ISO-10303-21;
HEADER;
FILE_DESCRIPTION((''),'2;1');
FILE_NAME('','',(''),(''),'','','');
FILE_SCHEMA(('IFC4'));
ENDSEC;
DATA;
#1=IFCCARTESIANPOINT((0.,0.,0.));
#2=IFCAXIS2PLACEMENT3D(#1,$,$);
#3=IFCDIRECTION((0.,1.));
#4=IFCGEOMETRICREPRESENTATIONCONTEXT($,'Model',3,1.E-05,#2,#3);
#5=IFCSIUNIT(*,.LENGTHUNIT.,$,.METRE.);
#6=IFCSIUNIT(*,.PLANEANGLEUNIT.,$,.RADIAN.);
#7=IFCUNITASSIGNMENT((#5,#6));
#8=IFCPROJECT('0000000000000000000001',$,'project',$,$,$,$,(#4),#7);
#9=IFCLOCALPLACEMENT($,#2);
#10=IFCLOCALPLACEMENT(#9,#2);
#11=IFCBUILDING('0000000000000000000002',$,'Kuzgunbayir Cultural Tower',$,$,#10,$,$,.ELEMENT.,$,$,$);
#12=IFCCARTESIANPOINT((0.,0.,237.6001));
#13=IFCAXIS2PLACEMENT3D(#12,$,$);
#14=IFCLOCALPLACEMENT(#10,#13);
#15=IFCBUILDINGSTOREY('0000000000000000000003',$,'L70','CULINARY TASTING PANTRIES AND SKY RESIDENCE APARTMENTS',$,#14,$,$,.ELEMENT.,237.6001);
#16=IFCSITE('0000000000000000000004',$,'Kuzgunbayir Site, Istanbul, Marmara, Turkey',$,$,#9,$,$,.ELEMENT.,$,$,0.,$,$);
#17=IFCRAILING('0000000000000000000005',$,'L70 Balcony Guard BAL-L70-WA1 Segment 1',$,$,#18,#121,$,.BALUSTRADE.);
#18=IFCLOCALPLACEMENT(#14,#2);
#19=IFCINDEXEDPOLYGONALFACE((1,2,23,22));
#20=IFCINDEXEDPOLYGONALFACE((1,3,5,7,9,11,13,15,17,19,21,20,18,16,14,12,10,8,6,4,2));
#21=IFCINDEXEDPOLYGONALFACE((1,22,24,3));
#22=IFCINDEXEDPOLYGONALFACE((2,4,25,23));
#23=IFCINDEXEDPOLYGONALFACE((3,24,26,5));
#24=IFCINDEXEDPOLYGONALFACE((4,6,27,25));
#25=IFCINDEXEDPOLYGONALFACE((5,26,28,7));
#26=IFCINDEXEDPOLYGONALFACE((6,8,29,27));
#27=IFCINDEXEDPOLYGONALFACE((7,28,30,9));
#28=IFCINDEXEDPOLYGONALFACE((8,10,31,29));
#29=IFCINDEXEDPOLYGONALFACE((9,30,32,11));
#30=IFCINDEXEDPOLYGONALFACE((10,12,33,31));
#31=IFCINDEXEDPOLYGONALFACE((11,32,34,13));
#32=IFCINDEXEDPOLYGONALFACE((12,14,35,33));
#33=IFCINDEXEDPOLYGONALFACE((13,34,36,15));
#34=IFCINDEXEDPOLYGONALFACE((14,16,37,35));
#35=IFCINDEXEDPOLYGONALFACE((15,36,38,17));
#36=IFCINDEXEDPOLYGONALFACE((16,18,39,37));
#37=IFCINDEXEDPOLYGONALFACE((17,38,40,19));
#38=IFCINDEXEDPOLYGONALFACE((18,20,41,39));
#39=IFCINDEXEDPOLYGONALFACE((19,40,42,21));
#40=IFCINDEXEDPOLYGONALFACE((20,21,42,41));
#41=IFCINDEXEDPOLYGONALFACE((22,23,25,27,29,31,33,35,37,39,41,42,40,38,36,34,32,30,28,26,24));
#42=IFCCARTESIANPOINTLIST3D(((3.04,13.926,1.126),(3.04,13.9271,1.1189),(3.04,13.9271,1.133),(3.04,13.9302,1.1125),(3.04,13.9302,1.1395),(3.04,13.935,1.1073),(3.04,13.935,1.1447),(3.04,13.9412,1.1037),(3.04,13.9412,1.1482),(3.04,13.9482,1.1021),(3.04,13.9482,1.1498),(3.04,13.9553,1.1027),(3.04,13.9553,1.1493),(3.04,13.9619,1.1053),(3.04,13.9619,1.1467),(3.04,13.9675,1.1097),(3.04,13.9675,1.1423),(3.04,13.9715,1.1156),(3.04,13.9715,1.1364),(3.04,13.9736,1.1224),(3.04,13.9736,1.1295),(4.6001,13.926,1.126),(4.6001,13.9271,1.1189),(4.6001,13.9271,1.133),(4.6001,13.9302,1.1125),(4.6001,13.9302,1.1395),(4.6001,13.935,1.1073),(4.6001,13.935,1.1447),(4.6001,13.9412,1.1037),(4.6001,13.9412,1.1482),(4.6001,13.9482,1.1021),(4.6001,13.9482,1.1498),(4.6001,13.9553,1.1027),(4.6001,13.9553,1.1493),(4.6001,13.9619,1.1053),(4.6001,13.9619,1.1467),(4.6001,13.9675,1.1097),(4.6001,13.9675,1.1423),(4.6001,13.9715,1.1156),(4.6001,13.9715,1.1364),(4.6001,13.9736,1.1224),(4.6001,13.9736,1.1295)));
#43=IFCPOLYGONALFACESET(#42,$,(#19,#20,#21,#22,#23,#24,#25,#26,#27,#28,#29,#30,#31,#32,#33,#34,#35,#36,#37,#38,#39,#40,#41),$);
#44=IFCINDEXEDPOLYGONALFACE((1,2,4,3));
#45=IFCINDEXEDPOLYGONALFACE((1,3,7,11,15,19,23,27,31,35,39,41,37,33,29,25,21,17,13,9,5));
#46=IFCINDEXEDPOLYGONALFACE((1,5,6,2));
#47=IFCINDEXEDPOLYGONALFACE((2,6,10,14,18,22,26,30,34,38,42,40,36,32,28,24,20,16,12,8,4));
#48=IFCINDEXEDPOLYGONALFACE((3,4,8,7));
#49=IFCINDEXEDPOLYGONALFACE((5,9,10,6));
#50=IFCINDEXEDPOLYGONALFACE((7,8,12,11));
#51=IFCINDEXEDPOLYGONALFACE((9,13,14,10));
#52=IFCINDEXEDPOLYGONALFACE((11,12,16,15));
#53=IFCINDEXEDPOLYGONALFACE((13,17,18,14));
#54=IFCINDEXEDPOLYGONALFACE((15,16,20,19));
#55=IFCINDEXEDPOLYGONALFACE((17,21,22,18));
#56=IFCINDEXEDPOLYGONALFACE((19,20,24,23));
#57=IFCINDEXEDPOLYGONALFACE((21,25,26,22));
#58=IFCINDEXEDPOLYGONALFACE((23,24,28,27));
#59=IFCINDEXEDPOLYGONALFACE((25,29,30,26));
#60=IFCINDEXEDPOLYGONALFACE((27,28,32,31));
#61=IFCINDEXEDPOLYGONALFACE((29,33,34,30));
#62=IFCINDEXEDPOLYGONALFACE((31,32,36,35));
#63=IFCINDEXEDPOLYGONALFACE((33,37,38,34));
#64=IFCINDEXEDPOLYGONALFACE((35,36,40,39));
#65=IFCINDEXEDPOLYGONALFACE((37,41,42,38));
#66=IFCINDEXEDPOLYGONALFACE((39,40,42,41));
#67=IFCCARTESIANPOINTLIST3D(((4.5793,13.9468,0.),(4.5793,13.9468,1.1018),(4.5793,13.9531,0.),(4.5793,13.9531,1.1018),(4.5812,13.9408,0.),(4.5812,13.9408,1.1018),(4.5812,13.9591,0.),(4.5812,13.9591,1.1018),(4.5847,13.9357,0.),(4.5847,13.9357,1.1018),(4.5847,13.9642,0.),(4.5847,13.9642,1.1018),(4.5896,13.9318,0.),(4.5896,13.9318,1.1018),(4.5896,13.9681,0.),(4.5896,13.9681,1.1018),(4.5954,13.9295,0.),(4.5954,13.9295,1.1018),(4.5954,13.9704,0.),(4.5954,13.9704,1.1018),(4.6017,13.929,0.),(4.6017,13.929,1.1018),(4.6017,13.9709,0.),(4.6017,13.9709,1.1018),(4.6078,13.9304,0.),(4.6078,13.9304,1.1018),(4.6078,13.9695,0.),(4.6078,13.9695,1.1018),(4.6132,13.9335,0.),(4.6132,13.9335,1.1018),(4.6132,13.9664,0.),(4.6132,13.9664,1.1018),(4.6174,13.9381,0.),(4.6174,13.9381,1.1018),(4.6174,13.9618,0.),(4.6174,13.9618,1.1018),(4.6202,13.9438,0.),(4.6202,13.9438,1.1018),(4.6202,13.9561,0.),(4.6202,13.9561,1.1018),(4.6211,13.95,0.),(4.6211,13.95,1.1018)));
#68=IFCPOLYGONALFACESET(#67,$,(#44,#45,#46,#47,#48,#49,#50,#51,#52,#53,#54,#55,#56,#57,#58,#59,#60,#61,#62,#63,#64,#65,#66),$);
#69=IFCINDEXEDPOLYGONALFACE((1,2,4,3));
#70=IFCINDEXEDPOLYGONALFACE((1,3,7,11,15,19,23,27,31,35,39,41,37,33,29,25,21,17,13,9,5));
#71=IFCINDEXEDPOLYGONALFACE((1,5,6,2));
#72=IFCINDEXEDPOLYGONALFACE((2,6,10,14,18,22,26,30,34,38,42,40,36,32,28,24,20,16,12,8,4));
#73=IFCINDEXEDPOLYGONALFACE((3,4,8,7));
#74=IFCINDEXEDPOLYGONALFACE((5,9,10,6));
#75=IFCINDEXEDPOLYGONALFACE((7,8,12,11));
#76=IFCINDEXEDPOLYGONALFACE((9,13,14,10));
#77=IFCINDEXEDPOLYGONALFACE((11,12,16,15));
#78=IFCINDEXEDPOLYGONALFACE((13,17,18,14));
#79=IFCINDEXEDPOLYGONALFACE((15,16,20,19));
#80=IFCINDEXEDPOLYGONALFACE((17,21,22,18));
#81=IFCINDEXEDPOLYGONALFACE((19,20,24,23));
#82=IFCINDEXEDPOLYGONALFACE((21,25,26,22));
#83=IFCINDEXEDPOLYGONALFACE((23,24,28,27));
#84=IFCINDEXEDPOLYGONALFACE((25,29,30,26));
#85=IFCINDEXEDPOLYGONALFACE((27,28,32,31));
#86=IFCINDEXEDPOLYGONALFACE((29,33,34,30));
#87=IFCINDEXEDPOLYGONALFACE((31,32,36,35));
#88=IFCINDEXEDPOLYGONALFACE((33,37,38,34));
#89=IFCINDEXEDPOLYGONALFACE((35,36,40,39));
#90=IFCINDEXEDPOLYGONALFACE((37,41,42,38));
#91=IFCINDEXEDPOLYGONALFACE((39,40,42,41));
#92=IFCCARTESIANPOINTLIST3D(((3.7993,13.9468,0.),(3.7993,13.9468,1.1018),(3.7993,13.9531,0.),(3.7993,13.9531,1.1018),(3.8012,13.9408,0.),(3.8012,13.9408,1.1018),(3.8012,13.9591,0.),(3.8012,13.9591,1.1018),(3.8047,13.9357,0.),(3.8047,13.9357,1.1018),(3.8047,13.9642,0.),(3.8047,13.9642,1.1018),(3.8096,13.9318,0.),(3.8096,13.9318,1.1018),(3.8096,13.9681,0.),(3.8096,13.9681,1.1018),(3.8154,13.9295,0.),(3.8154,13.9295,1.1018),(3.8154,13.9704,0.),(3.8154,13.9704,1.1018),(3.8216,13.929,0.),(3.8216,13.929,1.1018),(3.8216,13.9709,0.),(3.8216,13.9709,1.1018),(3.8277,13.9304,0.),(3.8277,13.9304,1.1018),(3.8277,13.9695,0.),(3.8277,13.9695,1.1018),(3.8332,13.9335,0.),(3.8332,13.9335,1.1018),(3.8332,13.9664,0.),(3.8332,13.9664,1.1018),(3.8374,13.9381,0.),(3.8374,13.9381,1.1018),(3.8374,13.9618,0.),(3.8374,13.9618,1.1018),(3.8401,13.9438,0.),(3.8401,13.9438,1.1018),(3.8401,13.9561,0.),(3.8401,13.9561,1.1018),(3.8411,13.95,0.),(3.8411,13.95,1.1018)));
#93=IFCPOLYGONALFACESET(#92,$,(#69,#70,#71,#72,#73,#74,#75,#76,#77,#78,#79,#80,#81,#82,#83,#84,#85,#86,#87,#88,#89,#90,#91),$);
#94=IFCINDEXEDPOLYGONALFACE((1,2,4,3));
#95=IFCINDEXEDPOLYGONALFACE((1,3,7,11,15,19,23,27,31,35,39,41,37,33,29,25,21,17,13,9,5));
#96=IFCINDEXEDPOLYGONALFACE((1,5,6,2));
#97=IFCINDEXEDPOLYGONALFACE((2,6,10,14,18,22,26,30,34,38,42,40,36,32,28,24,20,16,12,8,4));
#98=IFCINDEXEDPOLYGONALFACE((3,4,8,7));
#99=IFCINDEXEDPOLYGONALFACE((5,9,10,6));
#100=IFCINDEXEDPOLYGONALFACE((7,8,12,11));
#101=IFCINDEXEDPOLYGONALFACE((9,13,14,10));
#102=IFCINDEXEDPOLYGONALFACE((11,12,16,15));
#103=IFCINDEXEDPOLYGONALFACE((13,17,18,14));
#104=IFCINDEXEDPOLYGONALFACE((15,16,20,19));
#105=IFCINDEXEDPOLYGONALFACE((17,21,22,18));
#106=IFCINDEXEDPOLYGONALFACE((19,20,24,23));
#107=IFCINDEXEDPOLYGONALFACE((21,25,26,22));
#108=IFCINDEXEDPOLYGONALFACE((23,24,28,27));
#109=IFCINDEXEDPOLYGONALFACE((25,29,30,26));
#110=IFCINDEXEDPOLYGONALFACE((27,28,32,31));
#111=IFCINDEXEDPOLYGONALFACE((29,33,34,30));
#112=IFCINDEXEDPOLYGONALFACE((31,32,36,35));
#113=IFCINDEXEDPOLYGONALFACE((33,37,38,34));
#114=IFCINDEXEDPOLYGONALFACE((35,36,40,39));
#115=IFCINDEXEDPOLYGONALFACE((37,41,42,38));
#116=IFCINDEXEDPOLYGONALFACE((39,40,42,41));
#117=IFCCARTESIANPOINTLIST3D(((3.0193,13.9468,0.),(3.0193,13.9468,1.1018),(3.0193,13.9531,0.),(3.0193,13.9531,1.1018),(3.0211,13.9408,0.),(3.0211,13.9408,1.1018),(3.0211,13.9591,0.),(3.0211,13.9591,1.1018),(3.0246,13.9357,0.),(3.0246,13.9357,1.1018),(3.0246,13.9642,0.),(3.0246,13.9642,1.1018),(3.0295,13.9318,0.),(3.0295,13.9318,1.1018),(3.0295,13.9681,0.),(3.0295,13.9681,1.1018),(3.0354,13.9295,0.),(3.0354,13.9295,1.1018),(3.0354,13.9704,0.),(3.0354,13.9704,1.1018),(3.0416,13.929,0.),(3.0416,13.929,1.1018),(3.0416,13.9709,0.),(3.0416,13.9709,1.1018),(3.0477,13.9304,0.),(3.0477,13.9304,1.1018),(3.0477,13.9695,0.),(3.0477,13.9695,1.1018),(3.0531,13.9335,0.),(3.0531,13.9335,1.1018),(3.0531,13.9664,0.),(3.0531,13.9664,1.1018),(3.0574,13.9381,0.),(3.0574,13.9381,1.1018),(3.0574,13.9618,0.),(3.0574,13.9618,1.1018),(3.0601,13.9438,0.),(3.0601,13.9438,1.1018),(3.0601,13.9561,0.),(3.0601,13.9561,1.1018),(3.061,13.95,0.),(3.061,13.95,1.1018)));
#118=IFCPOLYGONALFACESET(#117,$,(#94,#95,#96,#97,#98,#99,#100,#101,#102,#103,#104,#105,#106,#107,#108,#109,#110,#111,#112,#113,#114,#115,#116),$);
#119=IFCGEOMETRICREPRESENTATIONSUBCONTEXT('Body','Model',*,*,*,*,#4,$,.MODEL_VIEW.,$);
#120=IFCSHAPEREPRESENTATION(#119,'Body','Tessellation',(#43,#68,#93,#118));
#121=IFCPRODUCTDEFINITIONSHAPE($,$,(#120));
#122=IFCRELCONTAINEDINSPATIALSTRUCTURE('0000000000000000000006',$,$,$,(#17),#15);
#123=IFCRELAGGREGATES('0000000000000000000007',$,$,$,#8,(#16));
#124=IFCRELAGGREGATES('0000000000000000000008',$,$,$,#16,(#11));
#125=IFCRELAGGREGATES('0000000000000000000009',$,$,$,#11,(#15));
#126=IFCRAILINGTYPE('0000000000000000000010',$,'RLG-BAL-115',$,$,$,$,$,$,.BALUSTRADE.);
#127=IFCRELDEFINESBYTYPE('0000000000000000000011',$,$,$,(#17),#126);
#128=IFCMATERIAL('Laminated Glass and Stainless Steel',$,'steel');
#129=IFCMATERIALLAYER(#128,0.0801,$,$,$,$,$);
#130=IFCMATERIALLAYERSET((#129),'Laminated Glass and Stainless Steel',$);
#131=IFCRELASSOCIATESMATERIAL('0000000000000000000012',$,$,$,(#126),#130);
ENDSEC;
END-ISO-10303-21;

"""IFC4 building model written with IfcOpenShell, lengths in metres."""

from ifc_helpers import new_model, si_unit, direction, frame, origin, origin_2d, place, context, subcontext, project, spatial, circle, extrude, material, layer, layer_set, type_object, element, save


model = new_model("IFC4")

# Units and contexts
model_context = context("Model", 3, precision=1e-05, world=origin(), true_north=direction((0.0, 1.0)))
body_context = subcontext(model_context, "Body", "Model", "MODEL_VIEW")
ifc_project = project(units=[si_unit("LENGTHUNIT", "METRE"), si_unit("PLANEANGLEUNIT", "RADIAN")], contexts=[model_context])

# Site, building, storey
site_placement = place(None, origin())
site = spatial("IfcSite", under=ifc_project, at=site_placement, Name="Kuzgunbayir Site, Istanbul, Marmara, Turkey", CompositionType="ELEMENT", RefElevation=0.0)
building_placement = place(site_placement, origin())
building = spatial("IfcBuilding", under=site, at=building_placement, Name="Kuzgunbayir Cultural Tower", CompositionType="ELEMENT")
storey_placement = place(building_placement, frame((0.0, 0.0, 237.6001)))
storey = spatial("IfcBuildingStorey", under=building, at=storey_placement, Name="L70", Description="CULINARY TASTING PANTRIES AND SKY RESIDENCE APARTMENTS", CompositionType="ELEMENT", Elevation=237.6001)

# Railing
ifc_material_1 = material(Name="Laminated Glass and Stainless Steel", Category="steel")
ifc_layer_1 = layer(ifc_material_1, 0.0801)
ifc_layer_set_1 = layer_set([ifc_layer_1], Name="Laminated Glass and Stainless Steel")
railing_type = type_object("IfcRailingType", Name="RLG-BAL-115", PredefinedType="BALUSTRADE", material=ifc_layer_set_1)
railing_1_placement = place(storey_placement, frame((4.6001, 13.95, 0.0)))
element("IfcRailing", 1, at=railing_1_placement, inside=storey, type_object=railing_type, Name="L70 Balcony Guard BAL-L70-WA1 Segment 1", PredefinedType="BALUSTRADE", context=body_context, shape_type="SweptSolid", body=[
    extrude(circle(Radius=0.0239, at=origin_2d()), frame((0.0, 0.0, 1.126), z_axis=(-1.0, 0.0, 0.0), x_axis=(0.0, -1.0, 0.0)), (0.0, 0.0, 1.0), 1.5601),
    extrude(circle(Radius=0.021, at=origin_2d()), origin(), (0.0, 0.0, 1.0), 1.1018),
    extrude(circle(Radius=0.021, at=origin_2d()), frame((-0.78, 0.0, 0.0)), (0.0, 0.0, 1.0), 1.1018),
    extrude(circle(Radius=0.021, at=origin_2d()), frame((-1.5601, 0.0, 0.0)), (0.0, 0.0, 1.0), 1.1018),
])

save(model, "model.ifc")
